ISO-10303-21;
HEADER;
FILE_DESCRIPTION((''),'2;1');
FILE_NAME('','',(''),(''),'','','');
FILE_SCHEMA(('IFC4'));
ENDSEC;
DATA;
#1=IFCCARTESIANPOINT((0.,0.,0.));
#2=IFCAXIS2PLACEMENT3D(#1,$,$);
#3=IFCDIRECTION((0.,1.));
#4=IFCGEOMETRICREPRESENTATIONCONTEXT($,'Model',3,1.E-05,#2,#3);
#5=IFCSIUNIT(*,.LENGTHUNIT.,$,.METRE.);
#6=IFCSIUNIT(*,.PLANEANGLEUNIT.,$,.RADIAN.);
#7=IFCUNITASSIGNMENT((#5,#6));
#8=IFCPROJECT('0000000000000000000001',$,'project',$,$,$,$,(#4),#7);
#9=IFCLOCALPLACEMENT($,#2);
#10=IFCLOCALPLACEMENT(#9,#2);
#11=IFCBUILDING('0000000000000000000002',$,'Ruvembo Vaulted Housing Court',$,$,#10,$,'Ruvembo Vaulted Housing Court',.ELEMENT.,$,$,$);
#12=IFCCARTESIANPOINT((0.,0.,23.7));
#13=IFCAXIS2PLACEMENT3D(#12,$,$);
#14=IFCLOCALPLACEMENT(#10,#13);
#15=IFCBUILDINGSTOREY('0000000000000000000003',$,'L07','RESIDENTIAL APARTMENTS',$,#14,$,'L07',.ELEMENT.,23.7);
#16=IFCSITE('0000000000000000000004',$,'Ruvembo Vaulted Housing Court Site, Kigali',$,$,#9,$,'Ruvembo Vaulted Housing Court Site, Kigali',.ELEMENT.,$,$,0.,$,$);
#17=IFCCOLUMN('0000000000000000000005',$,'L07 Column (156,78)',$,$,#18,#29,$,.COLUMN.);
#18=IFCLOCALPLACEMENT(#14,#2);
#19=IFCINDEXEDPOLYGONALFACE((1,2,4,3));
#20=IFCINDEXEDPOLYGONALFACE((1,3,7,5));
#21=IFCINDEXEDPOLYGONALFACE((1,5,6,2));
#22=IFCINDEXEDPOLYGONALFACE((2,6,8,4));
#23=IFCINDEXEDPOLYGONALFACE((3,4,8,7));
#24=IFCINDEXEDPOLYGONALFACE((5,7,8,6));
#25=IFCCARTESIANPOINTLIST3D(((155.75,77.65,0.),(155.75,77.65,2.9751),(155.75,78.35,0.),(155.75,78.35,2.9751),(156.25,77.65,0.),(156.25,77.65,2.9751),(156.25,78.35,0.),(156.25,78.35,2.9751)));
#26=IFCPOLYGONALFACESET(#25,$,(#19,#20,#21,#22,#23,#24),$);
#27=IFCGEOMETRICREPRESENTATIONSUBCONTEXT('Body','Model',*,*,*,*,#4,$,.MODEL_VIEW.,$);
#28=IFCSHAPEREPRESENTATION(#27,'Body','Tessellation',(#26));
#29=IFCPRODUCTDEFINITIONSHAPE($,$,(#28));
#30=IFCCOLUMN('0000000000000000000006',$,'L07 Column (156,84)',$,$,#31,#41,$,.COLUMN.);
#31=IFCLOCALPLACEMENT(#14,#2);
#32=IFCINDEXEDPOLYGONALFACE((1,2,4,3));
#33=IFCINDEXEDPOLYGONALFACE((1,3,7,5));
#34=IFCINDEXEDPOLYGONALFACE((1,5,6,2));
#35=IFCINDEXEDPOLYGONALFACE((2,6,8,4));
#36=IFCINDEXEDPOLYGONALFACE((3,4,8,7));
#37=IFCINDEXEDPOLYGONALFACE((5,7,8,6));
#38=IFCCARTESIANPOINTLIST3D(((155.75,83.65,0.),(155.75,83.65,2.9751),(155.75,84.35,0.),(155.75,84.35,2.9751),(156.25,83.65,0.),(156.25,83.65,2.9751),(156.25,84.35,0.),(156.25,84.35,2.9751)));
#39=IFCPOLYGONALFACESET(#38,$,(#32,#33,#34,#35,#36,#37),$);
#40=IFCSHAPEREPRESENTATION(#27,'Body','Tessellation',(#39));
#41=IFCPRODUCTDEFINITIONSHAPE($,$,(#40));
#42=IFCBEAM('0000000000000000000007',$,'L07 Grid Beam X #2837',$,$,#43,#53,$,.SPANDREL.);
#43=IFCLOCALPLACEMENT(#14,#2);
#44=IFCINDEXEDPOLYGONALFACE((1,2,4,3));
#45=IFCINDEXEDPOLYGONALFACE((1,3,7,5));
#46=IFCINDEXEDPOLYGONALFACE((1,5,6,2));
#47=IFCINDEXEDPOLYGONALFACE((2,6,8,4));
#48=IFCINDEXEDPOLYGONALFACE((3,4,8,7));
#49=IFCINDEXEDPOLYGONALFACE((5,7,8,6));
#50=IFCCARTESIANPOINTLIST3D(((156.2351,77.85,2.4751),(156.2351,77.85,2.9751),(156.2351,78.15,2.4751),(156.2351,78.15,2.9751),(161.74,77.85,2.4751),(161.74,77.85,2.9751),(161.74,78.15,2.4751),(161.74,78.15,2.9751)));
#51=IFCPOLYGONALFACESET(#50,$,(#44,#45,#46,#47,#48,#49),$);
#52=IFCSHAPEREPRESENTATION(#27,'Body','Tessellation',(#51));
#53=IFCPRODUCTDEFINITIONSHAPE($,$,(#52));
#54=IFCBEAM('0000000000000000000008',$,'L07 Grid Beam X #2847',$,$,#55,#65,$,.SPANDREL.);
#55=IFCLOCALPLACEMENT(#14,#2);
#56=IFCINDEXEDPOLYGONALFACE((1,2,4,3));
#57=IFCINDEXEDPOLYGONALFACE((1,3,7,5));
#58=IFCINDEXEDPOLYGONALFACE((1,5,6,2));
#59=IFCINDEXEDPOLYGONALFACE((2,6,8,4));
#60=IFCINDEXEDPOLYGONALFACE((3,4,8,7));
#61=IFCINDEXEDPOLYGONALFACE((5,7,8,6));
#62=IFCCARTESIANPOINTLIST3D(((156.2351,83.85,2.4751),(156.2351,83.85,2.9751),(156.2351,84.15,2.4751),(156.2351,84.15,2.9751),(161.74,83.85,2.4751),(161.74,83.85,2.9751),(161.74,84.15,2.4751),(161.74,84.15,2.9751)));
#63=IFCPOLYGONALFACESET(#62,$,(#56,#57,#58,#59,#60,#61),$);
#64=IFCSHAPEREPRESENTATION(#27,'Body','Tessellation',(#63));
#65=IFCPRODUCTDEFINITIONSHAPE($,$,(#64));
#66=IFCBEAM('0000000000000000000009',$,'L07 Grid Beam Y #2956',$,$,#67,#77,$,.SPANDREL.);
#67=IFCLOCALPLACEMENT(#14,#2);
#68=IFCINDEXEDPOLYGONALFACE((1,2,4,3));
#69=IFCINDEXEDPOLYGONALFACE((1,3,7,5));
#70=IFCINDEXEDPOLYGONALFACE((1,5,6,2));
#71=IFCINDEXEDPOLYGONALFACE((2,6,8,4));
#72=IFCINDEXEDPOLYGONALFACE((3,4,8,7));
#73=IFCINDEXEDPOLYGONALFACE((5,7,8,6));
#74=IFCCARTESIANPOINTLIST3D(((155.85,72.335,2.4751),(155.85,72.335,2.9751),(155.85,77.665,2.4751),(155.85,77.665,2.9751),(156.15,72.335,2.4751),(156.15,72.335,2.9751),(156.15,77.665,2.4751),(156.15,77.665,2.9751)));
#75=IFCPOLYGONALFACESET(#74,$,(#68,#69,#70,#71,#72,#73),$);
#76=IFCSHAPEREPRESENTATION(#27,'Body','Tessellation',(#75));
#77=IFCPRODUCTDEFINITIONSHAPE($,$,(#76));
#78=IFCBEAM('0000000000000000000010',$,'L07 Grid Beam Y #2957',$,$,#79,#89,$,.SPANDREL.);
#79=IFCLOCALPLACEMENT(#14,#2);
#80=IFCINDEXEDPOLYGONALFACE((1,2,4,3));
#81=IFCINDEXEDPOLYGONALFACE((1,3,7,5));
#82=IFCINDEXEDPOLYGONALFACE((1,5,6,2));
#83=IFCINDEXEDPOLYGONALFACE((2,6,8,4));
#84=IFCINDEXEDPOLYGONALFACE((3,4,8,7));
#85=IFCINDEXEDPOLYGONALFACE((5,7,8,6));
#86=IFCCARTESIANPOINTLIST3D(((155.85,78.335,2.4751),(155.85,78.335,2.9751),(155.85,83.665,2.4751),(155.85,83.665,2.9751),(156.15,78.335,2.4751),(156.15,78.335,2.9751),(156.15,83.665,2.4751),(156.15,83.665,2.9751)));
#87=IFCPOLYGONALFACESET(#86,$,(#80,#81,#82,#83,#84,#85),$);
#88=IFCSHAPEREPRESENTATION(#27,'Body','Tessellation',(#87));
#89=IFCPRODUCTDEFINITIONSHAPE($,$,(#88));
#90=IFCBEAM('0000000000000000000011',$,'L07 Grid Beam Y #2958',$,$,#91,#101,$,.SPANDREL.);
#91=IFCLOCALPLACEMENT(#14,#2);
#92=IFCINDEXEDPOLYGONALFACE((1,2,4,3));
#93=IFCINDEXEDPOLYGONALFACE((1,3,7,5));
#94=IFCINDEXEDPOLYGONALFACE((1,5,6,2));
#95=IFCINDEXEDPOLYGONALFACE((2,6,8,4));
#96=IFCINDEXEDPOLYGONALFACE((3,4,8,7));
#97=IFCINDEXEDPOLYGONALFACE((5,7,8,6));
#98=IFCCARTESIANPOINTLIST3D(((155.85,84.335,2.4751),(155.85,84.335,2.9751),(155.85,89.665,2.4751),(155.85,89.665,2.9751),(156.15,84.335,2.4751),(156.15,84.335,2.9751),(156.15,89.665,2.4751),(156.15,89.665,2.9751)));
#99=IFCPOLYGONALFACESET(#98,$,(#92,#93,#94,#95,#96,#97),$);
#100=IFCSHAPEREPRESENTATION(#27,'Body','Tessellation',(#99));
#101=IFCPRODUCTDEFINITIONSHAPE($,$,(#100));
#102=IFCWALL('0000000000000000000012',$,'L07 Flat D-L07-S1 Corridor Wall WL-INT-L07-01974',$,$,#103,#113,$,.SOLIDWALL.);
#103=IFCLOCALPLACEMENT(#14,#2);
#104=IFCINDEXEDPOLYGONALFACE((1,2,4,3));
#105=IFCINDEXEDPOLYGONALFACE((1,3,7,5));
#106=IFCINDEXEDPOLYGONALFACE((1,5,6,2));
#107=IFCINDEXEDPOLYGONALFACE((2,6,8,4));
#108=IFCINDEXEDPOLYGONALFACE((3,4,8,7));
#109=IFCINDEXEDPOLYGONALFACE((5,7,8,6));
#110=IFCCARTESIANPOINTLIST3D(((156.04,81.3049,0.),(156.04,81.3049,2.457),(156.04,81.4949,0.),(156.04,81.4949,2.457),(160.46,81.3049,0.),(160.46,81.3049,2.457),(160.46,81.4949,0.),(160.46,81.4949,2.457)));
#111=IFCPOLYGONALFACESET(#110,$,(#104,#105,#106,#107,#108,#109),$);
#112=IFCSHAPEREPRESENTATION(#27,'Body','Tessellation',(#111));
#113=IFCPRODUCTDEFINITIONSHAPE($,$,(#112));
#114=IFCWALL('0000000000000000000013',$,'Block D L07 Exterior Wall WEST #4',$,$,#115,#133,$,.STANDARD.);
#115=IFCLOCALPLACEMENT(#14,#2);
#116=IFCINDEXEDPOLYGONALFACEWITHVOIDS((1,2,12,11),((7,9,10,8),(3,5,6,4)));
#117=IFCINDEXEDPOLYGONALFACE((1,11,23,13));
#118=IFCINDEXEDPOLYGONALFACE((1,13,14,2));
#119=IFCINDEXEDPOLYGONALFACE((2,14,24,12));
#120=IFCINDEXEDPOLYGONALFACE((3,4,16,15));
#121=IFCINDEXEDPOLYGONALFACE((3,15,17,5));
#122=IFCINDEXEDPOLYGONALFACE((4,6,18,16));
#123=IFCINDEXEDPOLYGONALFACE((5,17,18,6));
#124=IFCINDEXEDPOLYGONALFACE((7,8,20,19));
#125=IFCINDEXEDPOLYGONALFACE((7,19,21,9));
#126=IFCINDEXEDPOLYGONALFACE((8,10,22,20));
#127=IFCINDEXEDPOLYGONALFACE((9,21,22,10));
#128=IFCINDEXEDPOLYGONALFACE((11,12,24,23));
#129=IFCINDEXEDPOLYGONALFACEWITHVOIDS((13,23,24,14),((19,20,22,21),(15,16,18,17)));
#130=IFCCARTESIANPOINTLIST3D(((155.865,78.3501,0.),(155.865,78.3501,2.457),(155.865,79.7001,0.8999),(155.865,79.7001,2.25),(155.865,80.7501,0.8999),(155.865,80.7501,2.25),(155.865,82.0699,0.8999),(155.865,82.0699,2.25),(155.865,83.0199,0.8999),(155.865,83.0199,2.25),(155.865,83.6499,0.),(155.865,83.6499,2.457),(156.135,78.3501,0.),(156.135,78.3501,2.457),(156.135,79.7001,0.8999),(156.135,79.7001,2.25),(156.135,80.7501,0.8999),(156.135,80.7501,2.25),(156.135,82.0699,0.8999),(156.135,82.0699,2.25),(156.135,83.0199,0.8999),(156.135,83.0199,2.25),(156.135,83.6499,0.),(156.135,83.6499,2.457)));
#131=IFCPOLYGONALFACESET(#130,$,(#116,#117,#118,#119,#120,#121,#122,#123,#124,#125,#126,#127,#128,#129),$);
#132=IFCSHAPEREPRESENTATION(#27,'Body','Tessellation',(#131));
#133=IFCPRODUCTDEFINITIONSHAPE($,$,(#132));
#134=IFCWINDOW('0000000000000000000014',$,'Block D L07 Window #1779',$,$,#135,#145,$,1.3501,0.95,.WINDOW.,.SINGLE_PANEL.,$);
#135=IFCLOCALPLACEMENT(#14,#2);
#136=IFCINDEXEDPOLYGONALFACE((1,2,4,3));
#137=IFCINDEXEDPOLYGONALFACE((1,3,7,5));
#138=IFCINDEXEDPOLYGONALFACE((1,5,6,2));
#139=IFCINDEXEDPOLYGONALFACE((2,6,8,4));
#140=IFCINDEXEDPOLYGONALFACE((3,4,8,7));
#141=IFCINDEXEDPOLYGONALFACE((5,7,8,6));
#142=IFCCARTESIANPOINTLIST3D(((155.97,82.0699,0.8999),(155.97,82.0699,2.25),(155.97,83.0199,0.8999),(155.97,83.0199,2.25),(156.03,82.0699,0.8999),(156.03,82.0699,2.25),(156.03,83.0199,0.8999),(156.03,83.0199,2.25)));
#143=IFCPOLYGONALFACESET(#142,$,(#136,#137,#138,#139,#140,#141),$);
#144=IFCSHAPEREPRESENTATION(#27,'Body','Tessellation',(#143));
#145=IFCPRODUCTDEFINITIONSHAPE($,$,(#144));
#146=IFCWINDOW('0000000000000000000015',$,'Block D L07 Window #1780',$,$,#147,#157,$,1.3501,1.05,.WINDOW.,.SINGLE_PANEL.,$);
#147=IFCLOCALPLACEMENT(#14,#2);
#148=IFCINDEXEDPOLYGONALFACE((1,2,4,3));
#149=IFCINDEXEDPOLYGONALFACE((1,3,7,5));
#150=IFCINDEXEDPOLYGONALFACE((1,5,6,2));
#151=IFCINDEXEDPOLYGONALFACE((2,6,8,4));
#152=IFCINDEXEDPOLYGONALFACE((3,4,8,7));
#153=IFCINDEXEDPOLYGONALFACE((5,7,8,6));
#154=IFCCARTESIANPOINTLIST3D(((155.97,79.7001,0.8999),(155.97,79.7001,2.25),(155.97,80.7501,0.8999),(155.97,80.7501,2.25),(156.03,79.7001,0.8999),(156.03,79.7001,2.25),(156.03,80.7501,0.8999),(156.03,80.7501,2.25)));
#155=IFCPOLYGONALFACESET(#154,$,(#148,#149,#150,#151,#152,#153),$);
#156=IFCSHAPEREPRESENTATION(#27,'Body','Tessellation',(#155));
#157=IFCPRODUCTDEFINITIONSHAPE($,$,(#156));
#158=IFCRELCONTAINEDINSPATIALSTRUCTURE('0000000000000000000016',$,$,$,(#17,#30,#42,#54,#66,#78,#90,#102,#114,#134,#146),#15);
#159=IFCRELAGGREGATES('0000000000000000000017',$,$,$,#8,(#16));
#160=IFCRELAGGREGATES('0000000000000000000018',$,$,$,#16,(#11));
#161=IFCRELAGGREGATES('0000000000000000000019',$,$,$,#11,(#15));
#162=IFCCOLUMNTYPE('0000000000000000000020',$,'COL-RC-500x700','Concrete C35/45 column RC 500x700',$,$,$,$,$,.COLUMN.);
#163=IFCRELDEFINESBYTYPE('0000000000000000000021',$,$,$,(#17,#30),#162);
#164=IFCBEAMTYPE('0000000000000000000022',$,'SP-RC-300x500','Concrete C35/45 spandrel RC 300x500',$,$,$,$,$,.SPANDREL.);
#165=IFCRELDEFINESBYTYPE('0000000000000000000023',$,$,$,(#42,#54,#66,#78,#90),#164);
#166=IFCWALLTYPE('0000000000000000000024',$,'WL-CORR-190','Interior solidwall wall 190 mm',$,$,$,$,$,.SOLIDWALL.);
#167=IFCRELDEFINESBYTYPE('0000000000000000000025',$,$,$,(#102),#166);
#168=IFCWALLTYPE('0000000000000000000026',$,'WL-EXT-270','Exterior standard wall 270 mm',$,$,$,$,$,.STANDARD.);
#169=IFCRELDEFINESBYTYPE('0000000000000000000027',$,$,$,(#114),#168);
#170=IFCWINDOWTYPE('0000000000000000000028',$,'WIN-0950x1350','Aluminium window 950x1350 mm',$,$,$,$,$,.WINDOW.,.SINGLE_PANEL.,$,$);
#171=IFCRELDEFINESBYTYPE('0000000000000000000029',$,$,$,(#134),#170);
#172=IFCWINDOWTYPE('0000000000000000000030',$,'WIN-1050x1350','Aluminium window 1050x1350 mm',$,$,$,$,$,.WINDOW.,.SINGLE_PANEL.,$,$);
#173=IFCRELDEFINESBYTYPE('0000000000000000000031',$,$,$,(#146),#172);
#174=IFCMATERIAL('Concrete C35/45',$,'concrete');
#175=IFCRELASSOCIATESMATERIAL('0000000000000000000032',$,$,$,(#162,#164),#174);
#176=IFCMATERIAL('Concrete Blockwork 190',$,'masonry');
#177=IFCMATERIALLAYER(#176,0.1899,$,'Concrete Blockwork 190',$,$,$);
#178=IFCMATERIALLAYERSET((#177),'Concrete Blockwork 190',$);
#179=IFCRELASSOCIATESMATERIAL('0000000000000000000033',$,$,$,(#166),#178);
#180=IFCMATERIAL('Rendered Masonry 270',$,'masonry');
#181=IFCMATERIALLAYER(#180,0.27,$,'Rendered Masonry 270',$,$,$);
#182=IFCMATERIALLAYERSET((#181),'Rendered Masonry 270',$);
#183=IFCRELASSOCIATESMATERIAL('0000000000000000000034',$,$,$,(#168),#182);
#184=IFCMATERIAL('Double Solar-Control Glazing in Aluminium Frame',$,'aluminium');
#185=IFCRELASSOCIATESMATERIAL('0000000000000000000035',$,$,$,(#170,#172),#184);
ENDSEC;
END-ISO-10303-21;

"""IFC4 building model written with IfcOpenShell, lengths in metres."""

from ifc_helpers import new_model, si_unit, direction, frame, frame_2d, origin, origin_2d, place, context, subcontext, project, spatial, rectangle, extrude, material, layer, layer_set, material_profile, profile_set, type_object, element, fill, save


model = new_model("IFC4")

# Units and contexts
model_context = context("Model", 3, precision=1e-05, world=origin(), true_north=direction((0.0, 1.0)))
body_context = subcontext(model_context, "Body", "Model", "MODEL_VIEW")
ifc_project = project(units=[si_unit("LENGTHUNIT", "METRE"), si_unit("PLANEANGLEUNIT", "RADIAN")], contexts=[model_context])

# Site, building, storey
site_placement = place(None, origin())
site = spatial("IfcSite", under=ifc_project, at=site_placement, Name="Ruvembo Vaulted Housing Court Site, Kigali", LongName="Ruvembo Vaulted Housing Court Site, Kigali", CompositionType="ELEMENT", RefElevation=0.0)
building_placement = place(site_placement, origin())
building = spatial("IfcBuilding", under=site, at=building_placement, Name="Ruvembo Vaulted Housing Court", LongName="Ruvembo Vaulted Housing Court", CompositionType="ELEMENT")
storey_placement = place(building_placement, frame((0.0, 0.0, 23.7)))
storey = spatial("IfcBuildingStorey", under=building, at=storey_placement, Name="L07", Description="RESIDENTIAL APARTMENTS", LongName="L07", CompositionType="ELEMENT", Elevation=23.7)

# Columns
ifc_material_1 = material(Name="Concrete C35/45", Category="concrete")
ifc_material_profile_1 = material_profile(ifc_material_1, rectangle(XDim=0.5, YDim=0.7, at=origin_2d()), Name="RC 500x700")
ifc_profile_set_1 = profile_set([ifc_material_profile_1], Name="Concrete C35/45")
column_type = type_object("IfcColumnType", Name="COL-RC-500x700", Description="Concrete C35/45 column RC 500x700", PredefinedType="COLUMN", material=ifc_profile_set_1)
for number, where, z_axis, x_axis, name in (
    (1, (156.0, 78.0, 0.0), (0.0, 0.0, 1.0), (1.0, 0.0, 0.0), "L07 Column (156,78)"),
    (2, (156.0, 84.0, 0.0), (0.0, 0.0, 1.0), (1.0, 0.0, 0.0), "L07 Column (156,84)"),
):
    element("IfcColumn", number, at=place(storey_placement, frame(where, z_axis=z_axis, x_axis=x_axis)), inside=storey, type_object=column_type, Name=name, PredefinedType="COLUMN", context=body_context, shape_type="SweptSolid", body=[
        extrude(rectangle(XDim=0.5, YDim=0.7, at=origin_2d()), origin(), (0.0, 0.0, 1.0), 2.9751),
    ])

# Beams
ifc_material_profile_2 = material_profile(ifc_material_1, rectangle(XDim=0.3, YDim=0.5, at=origin_2d()), Name="RC 300x500")
ifc_profile_set_2 = profile_set([ifc_material_profile_2], Name="Concrete C35/45")
beam_type = type_object("IfcBeamType", Name="SP-RC-300x500", Description="Concrete C35/45 spandrel RC 300x500", PredefinedType="SPANDREL", material=ifc_profile_set_2)
for number, where, z_axis, x_axis, name in (
    (3, (156.2351, 78.0, 2.7251), (1.0, 0.0, 0.0), (0.0, 1.0, 0.0), "L07 Grid Beam X #2837"),
    (4, (156.2351, 84.0, 2.7251), (1.0, 0.0, 0.0), (0.0, 1.0, 0.0), "L07 Grid Beam X #2847"),
):
    element("IfcBeam", number, at=place(storey_placement, frame(where, z_axis=z_axis, x_axis=x_axis)), inside=storey, type_object=beam_type, Name=name, PredefinedType="SPANDREL", context=body_context, shape_type="SweptSolid", body=[
        extrude(rectangle(XDim=0.3, YDim=0.5, at=origin_2d()), origin(), (0.0, 0.0, 1.0), 5.5049),
    ])
for number, where, z_axis, x_axis, name in (
    (5, (156.0, 72.335, 2.7251), (0.0, 1.0, 0.0), (-1.0, 0.0, 0.0), "L07 Grid Beam Y #2956"),
    (6, (156.0, 78.335, 2.7251), (0.0, 1.0, 0.0), (-1.0, 0.0, 0.0), "L07 Grid Beam Y #2957"),
    (7, (156.0, 84.335, 2.7251), (0.0, 1.0, 0.0), (-1.0, 0.0, 0.0), "L07 Grid Beam Y #2958"),
):
    element("IfcBeam", number, at=place(storey_placement, frame(where, z_axis=z_axis, x_axis=x_axis)), inside=storey, type_object=beam_type, Name=name, PredefinedType="SPANDREL", context=body_context, shape_type="SweptSolid", body=[
        extrude(rectangle(XDim=0.3, YDim=0.5, at=origin_2d()), origin(), (0.0, 0.0, 1.0), 5.3301),
    ])

# Wall
ifc_material_2 = material(Name="Concrete Blockwork 190", Category="masonry")
ifc_layer_1 = layer(ifc_material_2, 0.1899, Name="Concrete Blockwork 190")
ifc_layer_set_1 = layer_set([ifc_layer_1], Name="Concrete Blockwork 190")
wall_type_1 = type_object("IfcWallType", Name="WL-CORR-190", Description="Interior solidwall wall 190 mm", PredefinedType="SOLIDWALL", material=ifc_layer_set_1)
wall_1_placement = place(storey_placement, frame((156.04, 81.3999, 0.0), z_axis=(0.0, 0.0, 1.0), x_axis=(1.0, 0.0, 0.0)))
element("IfcWall", 8, at=wall_1_placement, inside=storey, type_object=wall_type_1, Name="L07 Flat D-L07-S1 Corridor Wall WL-INT-L07-01974", PredefinedType="SOLIDWALL", context=body_context, shape_type="SweptSolid", body=[
    extrude(rectangle(XDim=4.4199, YDim=0.1899, at=frame_2d((2.21, 0.0))), origin(), (0.0, 0.0, 1.0), 2.457),
])

# Wall, openings, windows
ifc_material_3 = material(Name="Rendered Masonry 270", Category="masonry")
ifc_layer_2 = layer(ifc_material_3, 0.27, Name="Rendered Masonry 270")
ifc_layer_set_2 = layer_set([ifc_layer_2], Name="Rendered Masonry 270")
wall_type_2 = type_object("IfcWallType", Name="WL-EXT-270", Description="Exterior standard wall 270 mm", PredefinedType="STANDARD", material=ifc_layer_set_2)
wall_2_placement = place(storey_placement, frame((156.0, 83.6499, 0.0), z_axis=(0.0, 0.0, 1.0), x_axis=(0.0, -1.0, 0.0)))
wall_2 = element("IfcWall", 9, at=wall_2_placement, inside=storey, type_object=wall_type_2, Name="Block D L07 Exterior Wall WEST #4", PredefinedType="STANDARD", context=body_context, shape_type="SweptSolid", body=[
    extrude(rectangle(XDim=5.2998, YDim=0.27, at=frame_2d((2.6499, 0.0))), origin(), (0.0, 0.0, 1.0), 2.457),
])
opening_1_placement = place(wall_2_placement, frame((0.6299, 0.0, 0.8999)))
opening_1 = element("IfcOpeningElement", 10, at=opening_1_placement, cuts=wall_2, PredefinedType="OPENING", context=body_context, shape_type="SweptSolid", body=[
    extrude(rectangle(XDim=0.95, YDim=1.3501, at=frame_2d((0.4751, 0.675))), frame((0.0, 0.145, 0.0), z_axis=(0.0, -1.0, 0.0), x_axis=(1.0, 0.0, 0.0)), (0.0, 0.0, 1.0), 0.29),
])
opening_2_placement = place(wall_2_placement, frame((2.8999, 0.0, 0.8999)))
opening_2 = element("IfcOpeningElement", 11, at=opening_2_placement, cuts=wall_2, PredefinedType="OPENING", context=body_context, shape_type="SweptSolid", body=[
    extrude(rectangle(XDim=1.05, YDim=1.3501, at=frame_2d((0.5249, 0.675))), frame((0.0, 0.145, 0.0), z_axis=(0.0, -1.0, 0.0), x_axis=(1.0, 0.0, 0.0)), (0.0, 0.0, 1.0), 0.29),
])
ifc_material_4 = material(Name="Double Solar-Control Glazing in Aluminium Frame", Category="aluminium")
window_type_1 = type_object("IfcWindowType", Name="WIN-0950x1350", Description="Aluminium window 950x1350 mm", PartitioningType="SINGLE_PANEL", PredefinedType="WINDOW", material=ifc_material_4)
window_1_placement = place(opening_1_placement, origin())
window_1 = element("IfcWindow", 12, at=window_1_placement, inside=storey, type_object=window_type_1, Name="Block D L07 Window #1779", OverallHeight=1.3501, OverallWidth=0.95, PartitioningType="SINGLE_PANEL", PredefinedType="WINDOW", context=body_context, shape_type="SweptSolid", body=[
    extrude(rectangle(XDim=0.95, YDim=1.3501, at=frame_2d((0.4751, 0.675))), frame((0.0, 0.03, 0.0), z_axis=(0.0, -1.0, 0.0), x_axis=(1.0, 0.0, 0.0)), (0.0, 0.0, 1.0), 0.0601),
])
fill(opening_1, window_1)
window_type_2 = type_object("IfcWindowType", Name="WIN-1050x1350", Description="Aluminium window 1050x1350 mm", PartitioningType="SINGLE_PANEL", PredefinedType="WINDOW", material=ifc_material_4)
window_2_placement = place(opening_2_placement, origin())
window_2 = element("IfcWindow", 13, at=window_2_placement, inside=storey, type_object=window_type_2, Name="Block D L07 Window #1780", OverallHeight=1.3501, OverallWidth=1.05, PartitioningType="SINGLE_PANEL", PredefinedType="WINDOW", context=body_context, shape_type="SweptSolid", body=[
    extrude(rectangle(XDim=1.05, YDim=1.3501, at=frame_2d((0.5249, 0.675))), frame((0.0, 0.03, 0.0), z_axis=(0.0, -1.0, 0.0), x_axis=(1.0, 0.0, 0.0)), (0.0, 0.0, 1.0), 0.0601),
])
fill(opening_2, window_2)

save(model, "model.ifc")
